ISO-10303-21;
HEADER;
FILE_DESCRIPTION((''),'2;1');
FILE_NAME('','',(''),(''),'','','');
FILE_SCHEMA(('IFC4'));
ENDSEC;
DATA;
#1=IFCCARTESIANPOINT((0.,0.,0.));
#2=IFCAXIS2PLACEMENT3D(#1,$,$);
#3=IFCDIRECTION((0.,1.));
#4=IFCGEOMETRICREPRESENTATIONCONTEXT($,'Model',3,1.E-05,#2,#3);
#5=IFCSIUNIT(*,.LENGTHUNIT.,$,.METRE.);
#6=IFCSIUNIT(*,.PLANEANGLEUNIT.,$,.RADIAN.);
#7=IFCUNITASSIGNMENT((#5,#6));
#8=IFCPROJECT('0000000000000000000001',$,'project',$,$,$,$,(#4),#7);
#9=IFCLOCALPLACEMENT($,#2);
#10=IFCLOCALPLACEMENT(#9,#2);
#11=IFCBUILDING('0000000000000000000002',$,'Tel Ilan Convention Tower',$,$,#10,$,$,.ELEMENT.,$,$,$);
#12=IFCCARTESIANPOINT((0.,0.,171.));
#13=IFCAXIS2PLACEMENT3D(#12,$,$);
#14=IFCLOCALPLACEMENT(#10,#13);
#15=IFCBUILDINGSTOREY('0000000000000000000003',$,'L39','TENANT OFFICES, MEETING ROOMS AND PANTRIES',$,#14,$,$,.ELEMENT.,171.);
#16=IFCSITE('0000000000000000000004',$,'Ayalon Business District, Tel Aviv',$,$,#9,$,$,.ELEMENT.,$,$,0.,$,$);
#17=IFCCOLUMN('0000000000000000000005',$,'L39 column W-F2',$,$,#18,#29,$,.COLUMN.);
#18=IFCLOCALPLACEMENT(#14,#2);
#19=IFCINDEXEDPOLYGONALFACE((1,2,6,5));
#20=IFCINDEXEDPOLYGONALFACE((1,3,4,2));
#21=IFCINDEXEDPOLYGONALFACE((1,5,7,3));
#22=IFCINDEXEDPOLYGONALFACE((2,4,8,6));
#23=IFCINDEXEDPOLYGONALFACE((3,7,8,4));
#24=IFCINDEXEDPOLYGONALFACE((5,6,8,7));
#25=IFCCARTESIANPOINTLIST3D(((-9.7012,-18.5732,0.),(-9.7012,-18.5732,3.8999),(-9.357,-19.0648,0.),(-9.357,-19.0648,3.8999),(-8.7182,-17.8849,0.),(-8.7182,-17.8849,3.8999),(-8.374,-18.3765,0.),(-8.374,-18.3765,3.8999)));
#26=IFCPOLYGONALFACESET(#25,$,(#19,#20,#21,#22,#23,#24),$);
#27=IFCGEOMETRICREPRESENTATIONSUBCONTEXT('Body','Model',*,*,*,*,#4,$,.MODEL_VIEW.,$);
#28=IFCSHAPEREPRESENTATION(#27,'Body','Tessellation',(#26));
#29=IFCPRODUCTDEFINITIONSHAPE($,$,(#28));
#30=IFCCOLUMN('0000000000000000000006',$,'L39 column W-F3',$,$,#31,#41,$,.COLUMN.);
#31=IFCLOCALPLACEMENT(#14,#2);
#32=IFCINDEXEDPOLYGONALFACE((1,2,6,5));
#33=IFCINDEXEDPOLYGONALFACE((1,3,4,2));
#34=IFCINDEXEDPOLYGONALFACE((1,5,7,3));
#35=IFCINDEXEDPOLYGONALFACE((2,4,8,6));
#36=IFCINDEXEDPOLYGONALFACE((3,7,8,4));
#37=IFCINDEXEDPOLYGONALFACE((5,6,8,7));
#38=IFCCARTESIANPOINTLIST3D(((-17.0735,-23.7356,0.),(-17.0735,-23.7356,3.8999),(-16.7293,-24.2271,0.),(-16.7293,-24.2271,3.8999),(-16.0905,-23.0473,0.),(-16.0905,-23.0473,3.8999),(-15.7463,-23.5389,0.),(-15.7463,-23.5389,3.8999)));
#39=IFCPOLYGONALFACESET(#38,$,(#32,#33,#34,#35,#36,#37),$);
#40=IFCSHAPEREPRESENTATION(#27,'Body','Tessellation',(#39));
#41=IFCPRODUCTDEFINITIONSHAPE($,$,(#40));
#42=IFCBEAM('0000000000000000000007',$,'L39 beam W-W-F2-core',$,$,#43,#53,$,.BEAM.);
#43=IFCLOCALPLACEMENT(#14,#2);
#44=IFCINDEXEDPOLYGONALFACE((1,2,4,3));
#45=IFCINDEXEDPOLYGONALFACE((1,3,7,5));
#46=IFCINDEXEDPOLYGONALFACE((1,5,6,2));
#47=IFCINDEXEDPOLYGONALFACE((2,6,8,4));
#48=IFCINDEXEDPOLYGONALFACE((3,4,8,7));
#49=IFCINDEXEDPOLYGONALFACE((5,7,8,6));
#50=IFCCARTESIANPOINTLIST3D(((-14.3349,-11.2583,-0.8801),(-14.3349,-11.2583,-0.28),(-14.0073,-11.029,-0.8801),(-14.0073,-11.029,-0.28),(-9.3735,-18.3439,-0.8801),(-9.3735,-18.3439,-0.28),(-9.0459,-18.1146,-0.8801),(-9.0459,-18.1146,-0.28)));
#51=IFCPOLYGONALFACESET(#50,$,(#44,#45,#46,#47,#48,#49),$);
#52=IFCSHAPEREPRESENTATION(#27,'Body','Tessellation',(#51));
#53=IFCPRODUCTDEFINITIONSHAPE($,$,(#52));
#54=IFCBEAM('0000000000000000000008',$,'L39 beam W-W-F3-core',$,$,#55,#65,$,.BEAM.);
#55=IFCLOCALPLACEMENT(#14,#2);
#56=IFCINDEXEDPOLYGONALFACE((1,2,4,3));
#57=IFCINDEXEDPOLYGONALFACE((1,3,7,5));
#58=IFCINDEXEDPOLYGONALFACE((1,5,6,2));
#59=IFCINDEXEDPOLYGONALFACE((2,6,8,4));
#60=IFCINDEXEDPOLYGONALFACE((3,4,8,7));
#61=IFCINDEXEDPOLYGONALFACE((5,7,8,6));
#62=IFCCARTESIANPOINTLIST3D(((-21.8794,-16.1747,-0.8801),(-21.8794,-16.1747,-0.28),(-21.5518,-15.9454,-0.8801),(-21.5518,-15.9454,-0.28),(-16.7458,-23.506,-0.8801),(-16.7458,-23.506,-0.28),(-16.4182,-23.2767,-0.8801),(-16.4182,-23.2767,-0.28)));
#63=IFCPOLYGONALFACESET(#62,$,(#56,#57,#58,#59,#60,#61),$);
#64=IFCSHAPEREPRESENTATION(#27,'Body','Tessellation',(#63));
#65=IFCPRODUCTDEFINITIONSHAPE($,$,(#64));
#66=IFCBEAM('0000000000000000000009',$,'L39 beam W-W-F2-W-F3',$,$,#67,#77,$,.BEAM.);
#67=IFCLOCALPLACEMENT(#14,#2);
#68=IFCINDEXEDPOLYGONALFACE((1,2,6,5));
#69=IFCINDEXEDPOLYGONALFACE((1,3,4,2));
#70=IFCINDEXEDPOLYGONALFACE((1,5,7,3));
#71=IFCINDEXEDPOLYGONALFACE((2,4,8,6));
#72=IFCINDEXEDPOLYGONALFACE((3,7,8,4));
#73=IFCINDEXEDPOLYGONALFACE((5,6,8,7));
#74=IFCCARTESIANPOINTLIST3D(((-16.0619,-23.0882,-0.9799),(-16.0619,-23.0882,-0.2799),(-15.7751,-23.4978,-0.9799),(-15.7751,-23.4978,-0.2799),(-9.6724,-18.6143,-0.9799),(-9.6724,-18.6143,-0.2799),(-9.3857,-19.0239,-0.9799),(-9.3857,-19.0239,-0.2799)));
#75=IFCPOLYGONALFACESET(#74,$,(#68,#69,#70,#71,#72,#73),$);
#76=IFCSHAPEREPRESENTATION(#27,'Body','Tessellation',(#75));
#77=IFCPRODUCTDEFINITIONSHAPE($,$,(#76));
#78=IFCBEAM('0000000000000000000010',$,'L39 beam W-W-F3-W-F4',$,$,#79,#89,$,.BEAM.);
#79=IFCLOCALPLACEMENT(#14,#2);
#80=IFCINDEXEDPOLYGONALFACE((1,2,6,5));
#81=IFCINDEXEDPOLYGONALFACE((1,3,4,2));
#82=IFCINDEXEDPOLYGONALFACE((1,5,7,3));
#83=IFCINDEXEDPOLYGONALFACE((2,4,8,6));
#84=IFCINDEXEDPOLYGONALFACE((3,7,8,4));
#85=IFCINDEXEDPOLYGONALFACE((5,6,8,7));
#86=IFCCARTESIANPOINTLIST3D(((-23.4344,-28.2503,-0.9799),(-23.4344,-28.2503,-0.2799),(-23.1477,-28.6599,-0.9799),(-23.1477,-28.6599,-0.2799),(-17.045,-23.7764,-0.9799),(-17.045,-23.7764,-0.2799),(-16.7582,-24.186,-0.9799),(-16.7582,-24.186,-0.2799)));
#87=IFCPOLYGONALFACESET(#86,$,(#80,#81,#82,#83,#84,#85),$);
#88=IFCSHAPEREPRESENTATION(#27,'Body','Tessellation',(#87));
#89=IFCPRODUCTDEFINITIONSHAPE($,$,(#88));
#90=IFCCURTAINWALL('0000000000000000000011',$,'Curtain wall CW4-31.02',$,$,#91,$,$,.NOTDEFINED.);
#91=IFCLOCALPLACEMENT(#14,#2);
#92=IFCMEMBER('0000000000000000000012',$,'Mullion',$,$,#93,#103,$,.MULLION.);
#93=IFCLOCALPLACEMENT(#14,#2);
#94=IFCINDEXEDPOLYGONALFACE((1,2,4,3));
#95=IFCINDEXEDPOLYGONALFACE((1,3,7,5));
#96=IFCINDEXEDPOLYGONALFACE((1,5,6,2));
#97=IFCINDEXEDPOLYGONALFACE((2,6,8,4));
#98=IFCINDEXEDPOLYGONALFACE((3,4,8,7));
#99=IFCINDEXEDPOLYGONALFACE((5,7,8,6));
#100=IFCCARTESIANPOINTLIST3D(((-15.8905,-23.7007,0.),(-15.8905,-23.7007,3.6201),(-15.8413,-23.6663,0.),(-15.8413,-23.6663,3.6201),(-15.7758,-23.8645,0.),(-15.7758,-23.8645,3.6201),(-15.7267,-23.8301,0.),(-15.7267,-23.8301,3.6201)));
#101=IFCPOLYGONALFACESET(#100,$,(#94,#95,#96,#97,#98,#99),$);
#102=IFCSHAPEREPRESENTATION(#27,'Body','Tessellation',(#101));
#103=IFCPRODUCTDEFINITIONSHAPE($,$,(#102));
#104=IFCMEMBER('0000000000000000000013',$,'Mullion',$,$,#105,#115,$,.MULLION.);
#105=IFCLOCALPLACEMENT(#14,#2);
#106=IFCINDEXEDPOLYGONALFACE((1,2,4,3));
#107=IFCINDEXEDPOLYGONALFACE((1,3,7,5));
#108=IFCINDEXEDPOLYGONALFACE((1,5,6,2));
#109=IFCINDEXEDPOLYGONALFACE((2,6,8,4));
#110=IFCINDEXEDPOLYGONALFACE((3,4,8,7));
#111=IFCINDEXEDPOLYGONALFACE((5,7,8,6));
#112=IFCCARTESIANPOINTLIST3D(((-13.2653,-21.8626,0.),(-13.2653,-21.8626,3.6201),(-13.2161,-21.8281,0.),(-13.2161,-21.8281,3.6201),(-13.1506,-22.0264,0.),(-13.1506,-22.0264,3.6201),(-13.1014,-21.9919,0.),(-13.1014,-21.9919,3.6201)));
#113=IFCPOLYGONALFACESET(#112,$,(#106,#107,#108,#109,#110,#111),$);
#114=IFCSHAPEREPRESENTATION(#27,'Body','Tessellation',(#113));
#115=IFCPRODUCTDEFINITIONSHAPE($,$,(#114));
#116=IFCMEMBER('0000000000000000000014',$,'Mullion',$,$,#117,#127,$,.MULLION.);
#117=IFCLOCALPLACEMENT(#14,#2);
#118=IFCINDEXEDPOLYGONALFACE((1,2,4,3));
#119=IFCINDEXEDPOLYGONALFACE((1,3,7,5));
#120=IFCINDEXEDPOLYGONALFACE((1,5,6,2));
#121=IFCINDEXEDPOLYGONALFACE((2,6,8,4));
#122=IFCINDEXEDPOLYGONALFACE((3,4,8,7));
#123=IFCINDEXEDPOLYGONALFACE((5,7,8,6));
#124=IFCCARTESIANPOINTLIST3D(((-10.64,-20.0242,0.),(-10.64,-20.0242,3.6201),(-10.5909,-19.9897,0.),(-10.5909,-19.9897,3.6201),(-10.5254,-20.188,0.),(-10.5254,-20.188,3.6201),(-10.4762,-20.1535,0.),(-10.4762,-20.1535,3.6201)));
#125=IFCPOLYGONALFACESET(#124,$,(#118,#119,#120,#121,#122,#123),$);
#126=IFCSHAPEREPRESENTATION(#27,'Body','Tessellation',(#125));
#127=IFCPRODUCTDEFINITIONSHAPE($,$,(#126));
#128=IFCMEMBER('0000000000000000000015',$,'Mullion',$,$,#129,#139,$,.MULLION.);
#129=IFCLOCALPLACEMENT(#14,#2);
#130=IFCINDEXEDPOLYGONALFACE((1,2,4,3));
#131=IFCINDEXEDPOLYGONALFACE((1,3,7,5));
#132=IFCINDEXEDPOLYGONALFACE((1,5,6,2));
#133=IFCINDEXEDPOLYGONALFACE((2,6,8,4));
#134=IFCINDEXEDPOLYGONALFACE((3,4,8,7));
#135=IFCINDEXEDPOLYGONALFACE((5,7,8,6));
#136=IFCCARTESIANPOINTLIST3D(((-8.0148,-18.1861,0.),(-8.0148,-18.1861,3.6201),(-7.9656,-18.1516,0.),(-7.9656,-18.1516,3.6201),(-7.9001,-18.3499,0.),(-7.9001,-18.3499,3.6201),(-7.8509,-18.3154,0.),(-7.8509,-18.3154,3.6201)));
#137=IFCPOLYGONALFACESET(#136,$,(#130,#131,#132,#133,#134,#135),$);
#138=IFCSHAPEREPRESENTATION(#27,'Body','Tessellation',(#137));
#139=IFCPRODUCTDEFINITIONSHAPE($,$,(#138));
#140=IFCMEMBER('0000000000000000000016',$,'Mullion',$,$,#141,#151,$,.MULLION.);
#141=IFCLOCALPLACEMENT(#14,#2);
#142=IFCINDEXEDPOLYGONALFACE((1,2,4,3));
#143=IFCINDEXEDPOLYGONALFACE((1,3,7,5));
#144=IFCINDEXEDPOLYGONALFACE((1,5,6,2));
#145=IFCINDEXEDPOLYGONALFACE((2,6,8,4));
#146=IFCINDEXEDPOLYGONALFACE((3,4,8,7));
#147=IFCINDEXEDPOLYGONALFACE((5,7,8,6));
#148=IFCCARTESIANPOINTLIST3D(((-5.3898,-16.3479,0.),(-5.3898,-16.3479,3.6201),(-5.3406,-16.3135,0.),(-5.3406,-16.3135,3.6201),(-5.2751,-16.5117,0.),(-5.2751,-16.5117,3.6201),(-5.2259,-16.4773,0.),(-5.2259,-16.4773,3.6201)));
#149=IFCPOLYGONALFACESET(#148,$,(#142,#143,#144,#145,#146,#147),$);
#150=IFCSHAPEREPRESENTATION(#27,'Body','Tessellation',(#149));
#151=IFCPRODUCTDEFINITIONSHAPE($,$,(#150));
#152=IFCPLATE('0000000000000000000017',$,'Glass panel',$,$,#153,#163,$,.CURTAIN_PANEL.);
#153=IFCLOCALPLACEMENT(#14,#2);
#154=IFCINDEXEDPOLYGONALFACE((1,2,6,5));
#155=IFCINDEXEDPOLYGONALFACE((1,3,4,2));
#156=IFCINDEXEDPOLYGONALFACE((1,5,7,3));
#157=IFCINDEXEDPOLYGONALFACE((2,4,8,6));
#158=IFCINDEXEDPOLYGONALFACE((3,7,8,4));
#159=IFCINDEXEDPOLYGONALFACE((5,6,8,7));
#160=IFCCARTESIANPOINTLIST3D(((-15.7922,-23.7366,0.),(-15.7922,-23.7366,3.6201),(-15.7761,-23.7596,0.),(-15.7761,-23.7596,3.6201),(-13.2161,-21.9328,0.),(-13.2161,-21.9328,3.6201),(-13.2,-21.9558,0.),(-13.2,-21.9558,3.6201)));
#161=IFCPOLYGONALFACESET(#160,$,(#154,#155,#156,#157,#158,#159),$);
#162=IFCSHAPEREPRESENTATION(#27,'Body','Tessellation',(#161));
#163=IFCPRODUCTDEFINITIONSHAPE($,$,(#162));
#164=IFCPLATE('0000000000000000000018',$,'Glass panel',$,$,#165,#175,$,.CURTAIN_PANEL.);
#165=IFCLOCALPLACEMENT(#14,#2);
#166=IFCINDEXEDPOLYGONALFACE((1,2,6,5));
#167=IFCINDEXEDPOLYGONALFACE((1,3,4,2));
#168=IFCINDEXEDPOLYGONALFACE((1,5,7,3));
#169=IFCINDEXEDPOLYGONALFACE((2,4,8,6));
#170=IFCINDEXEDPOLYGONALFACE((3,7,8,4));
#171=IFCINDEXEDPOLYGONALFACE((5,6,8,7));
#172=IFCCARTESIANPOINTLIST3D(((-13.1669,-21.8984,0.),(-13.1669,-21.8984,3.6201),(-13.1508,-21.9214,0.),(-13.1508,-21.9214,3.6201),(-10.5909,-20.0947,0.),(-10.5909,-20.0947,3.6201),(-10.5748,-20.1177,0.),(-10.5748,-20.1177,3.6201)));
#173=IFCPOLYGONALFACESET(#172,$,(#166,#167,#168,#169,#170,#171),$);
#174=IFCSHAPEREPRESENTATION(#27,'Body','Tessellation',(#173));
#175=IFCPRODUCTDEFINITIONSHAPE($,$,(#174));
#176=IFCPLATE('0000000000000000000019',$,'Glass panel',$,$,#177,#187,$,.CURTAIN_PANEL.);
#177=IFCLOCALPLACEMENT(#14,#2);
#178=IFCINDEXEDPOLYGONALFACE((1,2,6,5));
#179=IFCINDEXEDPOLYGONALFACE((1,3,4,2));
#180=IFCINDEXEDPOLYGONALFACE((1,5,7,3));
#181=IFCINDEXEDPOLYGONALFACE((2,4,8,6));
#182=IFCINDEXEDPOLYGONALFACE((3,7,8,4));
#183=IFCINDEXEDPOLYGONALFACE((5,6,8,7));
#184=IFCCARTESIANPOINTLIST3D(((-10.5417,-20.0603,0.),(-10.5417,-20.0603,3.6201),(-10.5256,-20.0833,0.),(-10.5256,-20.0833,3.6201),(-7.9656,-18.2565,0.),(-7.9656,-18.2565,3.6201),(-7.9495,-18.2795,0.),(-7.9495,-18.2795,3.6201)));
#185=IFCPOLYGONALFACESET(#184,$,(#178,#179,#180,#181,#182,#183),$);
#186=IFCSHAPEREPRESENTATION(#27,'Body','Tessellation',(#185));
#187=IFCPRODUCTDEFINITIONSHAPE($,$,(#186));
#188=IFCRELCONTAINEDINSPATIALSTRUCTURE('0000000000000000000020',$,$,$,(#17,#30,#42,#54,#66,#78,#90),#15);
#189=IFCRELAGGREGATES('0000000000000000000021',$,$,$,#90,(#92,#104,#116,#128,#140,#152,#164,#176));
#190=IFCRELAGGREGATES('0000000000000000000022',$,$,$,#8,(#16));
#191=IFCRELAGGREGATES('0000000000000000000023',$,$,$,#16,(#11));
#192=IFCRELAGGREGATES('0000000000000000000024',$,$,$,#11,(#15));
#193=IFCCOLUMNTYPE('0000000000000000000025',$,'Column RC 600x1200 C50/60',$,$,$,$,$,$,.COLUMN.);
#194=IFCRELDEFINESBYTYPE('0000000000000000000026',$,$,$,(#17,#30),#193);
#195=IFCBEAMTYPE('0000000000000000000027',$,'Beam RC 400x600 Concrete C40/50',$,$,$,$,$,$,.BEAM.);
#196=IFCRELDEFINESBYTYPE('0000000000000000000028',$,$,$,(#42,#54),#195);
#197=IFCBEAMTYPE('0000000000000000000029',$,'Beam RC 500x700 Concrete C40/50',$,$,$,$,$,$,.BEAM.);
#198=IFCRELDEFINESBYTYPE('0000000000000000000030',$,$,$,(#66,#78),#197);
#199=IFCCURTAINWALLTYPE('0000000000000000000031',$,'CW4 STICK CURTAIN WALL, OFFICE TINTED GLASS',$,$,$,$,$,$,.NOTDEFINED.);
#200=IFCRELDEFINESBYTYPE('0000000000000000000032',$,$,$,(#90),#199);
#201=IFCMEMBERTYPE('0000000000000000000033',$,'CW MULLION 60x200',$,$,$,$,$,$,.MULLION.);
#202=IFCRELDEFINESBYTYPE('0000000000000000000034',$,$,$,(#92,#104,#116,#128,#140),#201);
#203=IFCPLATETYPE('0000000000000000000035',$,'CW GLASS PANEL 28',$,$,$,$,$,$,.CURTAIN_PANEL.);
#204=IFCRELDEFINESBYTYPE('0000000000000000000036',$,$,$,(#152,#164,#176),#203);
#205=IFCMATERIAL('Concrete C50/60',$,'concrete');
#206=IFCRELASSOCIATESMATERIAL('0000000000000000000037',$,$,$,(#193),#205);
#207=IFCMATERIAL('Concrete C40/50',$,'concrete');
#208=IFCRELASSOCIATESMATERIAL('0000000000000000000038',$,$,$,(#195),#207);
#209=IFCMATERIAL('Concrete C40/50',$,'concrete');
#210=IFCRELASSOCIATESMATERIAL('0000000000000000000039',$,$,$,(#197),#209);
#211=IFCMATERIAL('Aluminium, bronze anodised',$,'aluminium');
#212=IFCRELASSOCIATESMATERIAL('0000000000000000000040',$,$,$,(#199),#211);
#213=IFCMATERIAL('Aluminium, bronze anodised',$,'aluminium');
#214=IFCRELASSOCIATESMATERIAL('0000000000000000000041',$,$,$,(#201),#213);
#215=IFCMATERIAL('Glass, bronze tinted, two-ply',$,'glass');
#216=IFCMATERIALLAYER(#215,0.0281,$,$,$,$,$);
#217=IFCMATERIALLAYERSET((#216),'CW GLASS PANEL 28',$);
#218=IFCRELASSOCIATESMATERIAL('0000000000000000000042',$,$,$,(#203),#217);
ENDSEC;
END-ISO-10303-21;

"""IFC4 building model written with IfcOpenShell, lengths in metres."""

from ifc_helpers import new_model, si_unit, direction, frame, origin, origin_2d, place, context, subcontext, project, spatial, rectangle, extrude, material, layer, layer_set, material_profile, profile_set, type_object, element, aggregate, save


model = new_model("IFC4")

# Units and contexts
model_context = context("Model", 3, precision=1e-05, world=origin(), true_north=direction((0.0, 1.0)))
body_context = subcontext(model_context, "Body", "Model", "MODEL_VIEW")
ifc_project = project(units=[si_unit("LENGTHUNIT", "METRE"), si_unit("PLANEANGLEUNIT", "RADIAN")], contexts=[model_context])

# Site, building, storey
site_placement = place(None, origin())
site = spatial("IfcSite", under=ifc_project, at=site_placement, Name="Ayalon Business District, Tel Aviv", CompositionType="ELEMENT", RefElevation=0.0)
building_placement = place(site_placement, origin())
building = spatial("IfcBuilding", under=site, at=building_placement, Name="Tel Ilan Convention Tower", CompositionType="ELEMENT")
storey_placement = place(building_placement, frame((0.0, 0.0, 171.0)))
storey = spatial("IfcBuildingStorey", under=building, at=storey_placement, Name="L39", Description="TENANT OFFICES, MEETING ROOMS AND PANTRIES", CompositionType="ELEMENT", Elevation=171.0)

# Columns
ifc_material_1 = material(Name="Concrete C50/60", Category="concrete")
ifc_material_profile_1 = material_profile(ifc_material_1, rectangle(XDim=1.2, YDim=0.6001, at=origin_2d()), Name="RC 600x1200")
ifc_profile_set_1 = profile_set([ifc_material_profile_1], Name="Concrete C50/60")
column_type = type_object("IfcColumnType", Name="Column RC 600x1200 C50/60", PredefinedType="COLUMN", material=ifc_profile_set_1)
for number, where, z_axis, x_axis, name in (
    (1, (-9.0376, -18.4749, 0.0), (0.0, 0.0, 1.0), (-0.819152, -0.573576, 0.0), "L39 column W-F2"),
    (2, (-16.4099, -23.6372, 0.0), (0.0, 0.0, 1.0), (-0.819152, -0.573576, 0.0), "L39 column W-F3"),
):
    element("IfcColumn", number, at=place(storey_placement, frame(where, z_axis=z_axis, x_axis=x_axis)), inside=storey, type_object=column_type, Name=name, PredefinedType="COLUMN", context=body_context, shape_type="SweptSolid", body=[
        extrude(rectangle(XDim=1.2, YDim=0.6001, at=origin_2d()), origin(), (0.0, 0.0, 1.0), 3.8999),
    ])

# Beams
ifc_material_2 = material(Name="Concrete C40/50", Category="concrete")
ifc_material_profile_2 = material_profile(ifc_material_2, rectangle(XDim=0.3999, YDim=0.6001, at=origin_2d()), Name="RC 400x600")
ifc_profile_set_2 = profile_set([ifc_material_profile_2], Name="Concrete C40/50")
beam_type_1 = type_object("IfcBeamType", Name="Beam RC 400x600 Concrete C40/50", PredefinedType="BEAM", material=ifc_profile_set_2)
beam_1_placement = place(storey_placement, frame((-9.2097, -18.2292, -0.5801), z_axis=(-0.573574, 0.819154, 0.0), x_axis=(-0.819154, -0.573574, 0.0)))
element("IfcBeam", 3, at=beam_1_placement, inside=storey, type_object=beam_type_1, Name="L39 beam W-W-F2-core", PredefinedType="BEAM", context=body_context, shape_type="SweptSolid", body=[
    extrude(rectangle(XDim=0.3999, YDim=0.6001, at=origin_2d()), origin(), (0.0, 0.0, 1.0), 8.6499),
])
beam_2_placement = place(storey_placement, frame((-16.582, -23.3914, -0.5801), z_axis=(-0.573585, 0.819146, 0.0), x_axis=(-0.819146, -0.573585, 0.0)))
element("IfcBeam", 4, at=beam_2_placement, inside=storey, type_object=beam_type_1, Name="L39 beam W-W-F3-core", PredefinedType="BEAM", context=body_context, shape_type="SweptSolid", body=[
    extrude(rectangle(XDim=0.3999, YDim=0.6001, at=origin_2d()), origin(), (0.0, 0.0, 1.0), 8.95),
])
ifc_material_3 = material(Name="Concrete C40/50", Category="concrete")
ifc_material_profile_3 = material_profile(ifc_material_3, rectangle(XDim=0.5, YDim=0.7, at=origin_2d()), Name="RC 500x700")
ifc_profile_set_3 = profile_set([ifc_material_profile_3], Name="Concrete C40/50")
beam_type_2 = type_object("IfcBeamType", Name="Beam RC 500x700 Concrete C40/50", PredefinedType="BEAM", material=ifc_profile_set_3)
for number, where, z_axis, x_axis, name in (
    (5, (-9.5291, -18.8191, -0.6299), (-0.819154, -0.573574, 0.0), (0.573574, -0.819154, 0.0), "L39 beam W-W-F2-W-F3"),
    (6, (-16.9016, -23.9812, -0.6299), (-0.819154, -0.573574, 0.0), (0.573574, -0.819154, 0.0), "L39 beam W-W-F3-W-F4"),
):
    element("IfcBeam", number, at=place(storey_placement, frame(where, z_axis=z_axis, x_axis=x_axis)), inside=storey, type_object=beam_type_2, Name=name, PredefinedType="BEAM", context=body_context, shape_type="SweptSolid", body=[
        extrude(rectangle(XDim=0.5, YDim=0.7, at=origin_2d()), origin(), (0.0, 0.0, 1.0), 7.8),
    ])

# Curtain wall, members, plates
ifc_material_4 = material(Name="Aluminium, bronze anodised", Category="aluminium")
curtain_wall_type = type_object("IfcCurtainWallType", Name="CW4 STICK CURTAIN WALL, OFFICE TINTED GLASS", PredefinedType="NOTDEFINED", material=ifc_material_4)
curtain_wall_placement = place(storey_placement, origin())
curtain_wall = element("IfcCurtainWall", 7, at=curtain_wall_placement, inside=storey, type_object=curtain_wall_type, Name="Curtain wall CW4-31.02", PredefinedType="NOTDEFINED")
ifc_material_5 = material(Name="Aluminium, bronze anodised", Category="aluminium")
ifc_material_profile_4 = material_profile(ifc_material_5, rectangle(XDim=0.0601, YDim=0.2, at=origin_2d()), Name="CW MULLION 60x200")
ifc_profile_set_4 = profile_set([ifc_material_profile_4], Name="Aluminium, bronze anodised")
member_type = type_object("IfcMemberType", Name="CW MULLION 60x200", PredefinedType="MULLION", material=ifc_profile_set_4)
member_1_placement = place(storey_placement, frame((-15.8086, -23.7654, 0.0), z_axis=(0.0, 0.0, 1.0), x_axis=(0.819152, 0.573576, 0.0)))
member_1 = element("IfcMember", 8, at=member_1_placement, type_object=member_type, Name="Mullion", PredefinedType="MULLION", context=body_context, shape_type="SweptSolid", body=[
    extrude(rectangle(XDim=0.0601, YDim=0.2, at=origin_2d()), origin(), (0.0, 0.0, 1.0), 3.6201),
])
member_2_placement = place(storey_placement, frame((-13.1833, -21.9272, 0.0), z_axis=(0.0, 0.0, 1.0), x_axis=(0.819152, 0.573576, 0.0)))
member_2 = element("IfcMember", 9, at=member_2_placement, type_object=member_type, Name="Mullion", PredefinedType="MULLION", context=body_context, shape_type="SweptSolid", body=[
    extrude(rectangle(XDim=0.0601, YDim=0.2, at=origin_2d()), origin(), (0.0, 0.0, 1.0), 3.6201),
])
member_3_placement = place(storey_placement, frame((-10.5581, -20.0889, 0.0), z_axis=(0.0, 0.0, 1.0), x_axis=(0.819152, 0.573576, 0.0)))
member_3 = element("IfcMember", 10, at=member_3_placement, type_object=member_type, Name="Mullion", PredefinedType="MULLION", context=body_context, shape_type="SweptSolid", body=[
    extrude(rectangle(XDim=0.0601, YDim=0.2, at=origin_2d()), origin(), (0.0, 0.0, 1.0), 3.6201),
])
member_4_placement = place(storey_placement, frame((-7.9329, -18.2507, 0.0), z_axis=(0.0, 0.0, 1.0), x_axis=(0.819152, 0.573576, 0.0)))
member_4 = element("IfcMember", 11, at=member_4_placement, type_object=member_type, Name="Mullion", PredefinedType="MULLION", context=body_context, shape_type="SweptSolid", body=[
    extrude(rectangle(XDim=0.0601, YDim=0.2, at=origin_2d()), origin(), (0.0, 0.0, 1.0), 3.6201),
])
member_5_placement = place(storey_placement, frame((-5.3079, -16.4126, 0.0), z_axis=(0.0, 0.0, 1.0), x_axis=(0.819152, 0.573576, 0.0)))
member_5 = element("IfcMember", 12, at=member_5_placement, type_object=member_type, Name="Mullion", PredefinedType="MULLION", context=body_context, shape_type="SweptSolid", body=[
    extrude(rectangle(XDim=0.0601, YDim=0.2, at=origin_2d()), origin(), (0.0, 0.0, 1.0), 3.6201),
])
ifc_material_6 = material(Name="Glass, bronze tinted, two-ply", Category="glass")
ifc_layer_1 = layer(ifc_material_6, 0.0281)
ifc_layer_set_1 = layer_set([ifc_layer_1], Name="CW GLASS PANEL 28")
plate_type = type_object("IfcPlateType", Name="CW GLASS PANEL 28", PredefinedType="CURTAIN_PANEL", material=ifc_layer_set_1)
plate_1_placement = place(storey_placement, frame((-14.4961, -22.8462, 0.0), z_axis=(0.0, 0.0, 1.0), x_axis=(0.819152, 0.573576, 0.0)))
plate_1 = element("IfcPlate", 13, at=plate_1_placement, type_object=plate_type, Name="Glass panel", PredefinedType="CURTAIN_PANEL", context=body_context, shape_type="SweptSolid", body=[
    extrude(rectangle(XDim=3.1448, YDim=0.0281, at=origin_2d()), origin(), (0.0, 0.0, 1.0), 3.6201),
])
plate_2_placement = place(storey_placement, frame((-11.8708, -21.0081, 0.0), z_axis=(0.0, 0.0, 1.0), x_axis=(0.819152, 0.573576, 0.0)))
plate_2 = element("IfcPlate", 14, at=plate_2_placement, type_object=plate_type, Name="Glass panel", PredefinedType="CURTAIN_PANEL", context=body_context, shape_type="SweptSolid", body=[
    extrude(rectangle(XDim=3.1448, YDim=0.0281, at=origin_2d()), origin(), (0.0, 0.0, 1.0), 3.6201),
])
plate_3_placement = place(storey_placement, frame((-9.2456, -19.1699, 0.0), z_axis=(0.0, 0.0, 1.0), x_axis=(0.819152, 0.573576, 0.0)))
plate_3 = element("IfcPlate", 15, at=plate_3_placement, type_object=plate_type, Name="Glass panel", PredefinedType="CURTAIN_PANEL", context=body_context, shape_type="SweptSolid", body=[
    extrude(rectangle(XDim=3.1448, YDim=0.0281, at=origin_2d()), origin(), (0.0, 0.0, 1.0), 3.6201),
])
aggregate(curtain_wall, [member_1, member_2, member_3, member_4, member_5, plate_1, plate_2, plate_3])

save(model, "model.ifc")
